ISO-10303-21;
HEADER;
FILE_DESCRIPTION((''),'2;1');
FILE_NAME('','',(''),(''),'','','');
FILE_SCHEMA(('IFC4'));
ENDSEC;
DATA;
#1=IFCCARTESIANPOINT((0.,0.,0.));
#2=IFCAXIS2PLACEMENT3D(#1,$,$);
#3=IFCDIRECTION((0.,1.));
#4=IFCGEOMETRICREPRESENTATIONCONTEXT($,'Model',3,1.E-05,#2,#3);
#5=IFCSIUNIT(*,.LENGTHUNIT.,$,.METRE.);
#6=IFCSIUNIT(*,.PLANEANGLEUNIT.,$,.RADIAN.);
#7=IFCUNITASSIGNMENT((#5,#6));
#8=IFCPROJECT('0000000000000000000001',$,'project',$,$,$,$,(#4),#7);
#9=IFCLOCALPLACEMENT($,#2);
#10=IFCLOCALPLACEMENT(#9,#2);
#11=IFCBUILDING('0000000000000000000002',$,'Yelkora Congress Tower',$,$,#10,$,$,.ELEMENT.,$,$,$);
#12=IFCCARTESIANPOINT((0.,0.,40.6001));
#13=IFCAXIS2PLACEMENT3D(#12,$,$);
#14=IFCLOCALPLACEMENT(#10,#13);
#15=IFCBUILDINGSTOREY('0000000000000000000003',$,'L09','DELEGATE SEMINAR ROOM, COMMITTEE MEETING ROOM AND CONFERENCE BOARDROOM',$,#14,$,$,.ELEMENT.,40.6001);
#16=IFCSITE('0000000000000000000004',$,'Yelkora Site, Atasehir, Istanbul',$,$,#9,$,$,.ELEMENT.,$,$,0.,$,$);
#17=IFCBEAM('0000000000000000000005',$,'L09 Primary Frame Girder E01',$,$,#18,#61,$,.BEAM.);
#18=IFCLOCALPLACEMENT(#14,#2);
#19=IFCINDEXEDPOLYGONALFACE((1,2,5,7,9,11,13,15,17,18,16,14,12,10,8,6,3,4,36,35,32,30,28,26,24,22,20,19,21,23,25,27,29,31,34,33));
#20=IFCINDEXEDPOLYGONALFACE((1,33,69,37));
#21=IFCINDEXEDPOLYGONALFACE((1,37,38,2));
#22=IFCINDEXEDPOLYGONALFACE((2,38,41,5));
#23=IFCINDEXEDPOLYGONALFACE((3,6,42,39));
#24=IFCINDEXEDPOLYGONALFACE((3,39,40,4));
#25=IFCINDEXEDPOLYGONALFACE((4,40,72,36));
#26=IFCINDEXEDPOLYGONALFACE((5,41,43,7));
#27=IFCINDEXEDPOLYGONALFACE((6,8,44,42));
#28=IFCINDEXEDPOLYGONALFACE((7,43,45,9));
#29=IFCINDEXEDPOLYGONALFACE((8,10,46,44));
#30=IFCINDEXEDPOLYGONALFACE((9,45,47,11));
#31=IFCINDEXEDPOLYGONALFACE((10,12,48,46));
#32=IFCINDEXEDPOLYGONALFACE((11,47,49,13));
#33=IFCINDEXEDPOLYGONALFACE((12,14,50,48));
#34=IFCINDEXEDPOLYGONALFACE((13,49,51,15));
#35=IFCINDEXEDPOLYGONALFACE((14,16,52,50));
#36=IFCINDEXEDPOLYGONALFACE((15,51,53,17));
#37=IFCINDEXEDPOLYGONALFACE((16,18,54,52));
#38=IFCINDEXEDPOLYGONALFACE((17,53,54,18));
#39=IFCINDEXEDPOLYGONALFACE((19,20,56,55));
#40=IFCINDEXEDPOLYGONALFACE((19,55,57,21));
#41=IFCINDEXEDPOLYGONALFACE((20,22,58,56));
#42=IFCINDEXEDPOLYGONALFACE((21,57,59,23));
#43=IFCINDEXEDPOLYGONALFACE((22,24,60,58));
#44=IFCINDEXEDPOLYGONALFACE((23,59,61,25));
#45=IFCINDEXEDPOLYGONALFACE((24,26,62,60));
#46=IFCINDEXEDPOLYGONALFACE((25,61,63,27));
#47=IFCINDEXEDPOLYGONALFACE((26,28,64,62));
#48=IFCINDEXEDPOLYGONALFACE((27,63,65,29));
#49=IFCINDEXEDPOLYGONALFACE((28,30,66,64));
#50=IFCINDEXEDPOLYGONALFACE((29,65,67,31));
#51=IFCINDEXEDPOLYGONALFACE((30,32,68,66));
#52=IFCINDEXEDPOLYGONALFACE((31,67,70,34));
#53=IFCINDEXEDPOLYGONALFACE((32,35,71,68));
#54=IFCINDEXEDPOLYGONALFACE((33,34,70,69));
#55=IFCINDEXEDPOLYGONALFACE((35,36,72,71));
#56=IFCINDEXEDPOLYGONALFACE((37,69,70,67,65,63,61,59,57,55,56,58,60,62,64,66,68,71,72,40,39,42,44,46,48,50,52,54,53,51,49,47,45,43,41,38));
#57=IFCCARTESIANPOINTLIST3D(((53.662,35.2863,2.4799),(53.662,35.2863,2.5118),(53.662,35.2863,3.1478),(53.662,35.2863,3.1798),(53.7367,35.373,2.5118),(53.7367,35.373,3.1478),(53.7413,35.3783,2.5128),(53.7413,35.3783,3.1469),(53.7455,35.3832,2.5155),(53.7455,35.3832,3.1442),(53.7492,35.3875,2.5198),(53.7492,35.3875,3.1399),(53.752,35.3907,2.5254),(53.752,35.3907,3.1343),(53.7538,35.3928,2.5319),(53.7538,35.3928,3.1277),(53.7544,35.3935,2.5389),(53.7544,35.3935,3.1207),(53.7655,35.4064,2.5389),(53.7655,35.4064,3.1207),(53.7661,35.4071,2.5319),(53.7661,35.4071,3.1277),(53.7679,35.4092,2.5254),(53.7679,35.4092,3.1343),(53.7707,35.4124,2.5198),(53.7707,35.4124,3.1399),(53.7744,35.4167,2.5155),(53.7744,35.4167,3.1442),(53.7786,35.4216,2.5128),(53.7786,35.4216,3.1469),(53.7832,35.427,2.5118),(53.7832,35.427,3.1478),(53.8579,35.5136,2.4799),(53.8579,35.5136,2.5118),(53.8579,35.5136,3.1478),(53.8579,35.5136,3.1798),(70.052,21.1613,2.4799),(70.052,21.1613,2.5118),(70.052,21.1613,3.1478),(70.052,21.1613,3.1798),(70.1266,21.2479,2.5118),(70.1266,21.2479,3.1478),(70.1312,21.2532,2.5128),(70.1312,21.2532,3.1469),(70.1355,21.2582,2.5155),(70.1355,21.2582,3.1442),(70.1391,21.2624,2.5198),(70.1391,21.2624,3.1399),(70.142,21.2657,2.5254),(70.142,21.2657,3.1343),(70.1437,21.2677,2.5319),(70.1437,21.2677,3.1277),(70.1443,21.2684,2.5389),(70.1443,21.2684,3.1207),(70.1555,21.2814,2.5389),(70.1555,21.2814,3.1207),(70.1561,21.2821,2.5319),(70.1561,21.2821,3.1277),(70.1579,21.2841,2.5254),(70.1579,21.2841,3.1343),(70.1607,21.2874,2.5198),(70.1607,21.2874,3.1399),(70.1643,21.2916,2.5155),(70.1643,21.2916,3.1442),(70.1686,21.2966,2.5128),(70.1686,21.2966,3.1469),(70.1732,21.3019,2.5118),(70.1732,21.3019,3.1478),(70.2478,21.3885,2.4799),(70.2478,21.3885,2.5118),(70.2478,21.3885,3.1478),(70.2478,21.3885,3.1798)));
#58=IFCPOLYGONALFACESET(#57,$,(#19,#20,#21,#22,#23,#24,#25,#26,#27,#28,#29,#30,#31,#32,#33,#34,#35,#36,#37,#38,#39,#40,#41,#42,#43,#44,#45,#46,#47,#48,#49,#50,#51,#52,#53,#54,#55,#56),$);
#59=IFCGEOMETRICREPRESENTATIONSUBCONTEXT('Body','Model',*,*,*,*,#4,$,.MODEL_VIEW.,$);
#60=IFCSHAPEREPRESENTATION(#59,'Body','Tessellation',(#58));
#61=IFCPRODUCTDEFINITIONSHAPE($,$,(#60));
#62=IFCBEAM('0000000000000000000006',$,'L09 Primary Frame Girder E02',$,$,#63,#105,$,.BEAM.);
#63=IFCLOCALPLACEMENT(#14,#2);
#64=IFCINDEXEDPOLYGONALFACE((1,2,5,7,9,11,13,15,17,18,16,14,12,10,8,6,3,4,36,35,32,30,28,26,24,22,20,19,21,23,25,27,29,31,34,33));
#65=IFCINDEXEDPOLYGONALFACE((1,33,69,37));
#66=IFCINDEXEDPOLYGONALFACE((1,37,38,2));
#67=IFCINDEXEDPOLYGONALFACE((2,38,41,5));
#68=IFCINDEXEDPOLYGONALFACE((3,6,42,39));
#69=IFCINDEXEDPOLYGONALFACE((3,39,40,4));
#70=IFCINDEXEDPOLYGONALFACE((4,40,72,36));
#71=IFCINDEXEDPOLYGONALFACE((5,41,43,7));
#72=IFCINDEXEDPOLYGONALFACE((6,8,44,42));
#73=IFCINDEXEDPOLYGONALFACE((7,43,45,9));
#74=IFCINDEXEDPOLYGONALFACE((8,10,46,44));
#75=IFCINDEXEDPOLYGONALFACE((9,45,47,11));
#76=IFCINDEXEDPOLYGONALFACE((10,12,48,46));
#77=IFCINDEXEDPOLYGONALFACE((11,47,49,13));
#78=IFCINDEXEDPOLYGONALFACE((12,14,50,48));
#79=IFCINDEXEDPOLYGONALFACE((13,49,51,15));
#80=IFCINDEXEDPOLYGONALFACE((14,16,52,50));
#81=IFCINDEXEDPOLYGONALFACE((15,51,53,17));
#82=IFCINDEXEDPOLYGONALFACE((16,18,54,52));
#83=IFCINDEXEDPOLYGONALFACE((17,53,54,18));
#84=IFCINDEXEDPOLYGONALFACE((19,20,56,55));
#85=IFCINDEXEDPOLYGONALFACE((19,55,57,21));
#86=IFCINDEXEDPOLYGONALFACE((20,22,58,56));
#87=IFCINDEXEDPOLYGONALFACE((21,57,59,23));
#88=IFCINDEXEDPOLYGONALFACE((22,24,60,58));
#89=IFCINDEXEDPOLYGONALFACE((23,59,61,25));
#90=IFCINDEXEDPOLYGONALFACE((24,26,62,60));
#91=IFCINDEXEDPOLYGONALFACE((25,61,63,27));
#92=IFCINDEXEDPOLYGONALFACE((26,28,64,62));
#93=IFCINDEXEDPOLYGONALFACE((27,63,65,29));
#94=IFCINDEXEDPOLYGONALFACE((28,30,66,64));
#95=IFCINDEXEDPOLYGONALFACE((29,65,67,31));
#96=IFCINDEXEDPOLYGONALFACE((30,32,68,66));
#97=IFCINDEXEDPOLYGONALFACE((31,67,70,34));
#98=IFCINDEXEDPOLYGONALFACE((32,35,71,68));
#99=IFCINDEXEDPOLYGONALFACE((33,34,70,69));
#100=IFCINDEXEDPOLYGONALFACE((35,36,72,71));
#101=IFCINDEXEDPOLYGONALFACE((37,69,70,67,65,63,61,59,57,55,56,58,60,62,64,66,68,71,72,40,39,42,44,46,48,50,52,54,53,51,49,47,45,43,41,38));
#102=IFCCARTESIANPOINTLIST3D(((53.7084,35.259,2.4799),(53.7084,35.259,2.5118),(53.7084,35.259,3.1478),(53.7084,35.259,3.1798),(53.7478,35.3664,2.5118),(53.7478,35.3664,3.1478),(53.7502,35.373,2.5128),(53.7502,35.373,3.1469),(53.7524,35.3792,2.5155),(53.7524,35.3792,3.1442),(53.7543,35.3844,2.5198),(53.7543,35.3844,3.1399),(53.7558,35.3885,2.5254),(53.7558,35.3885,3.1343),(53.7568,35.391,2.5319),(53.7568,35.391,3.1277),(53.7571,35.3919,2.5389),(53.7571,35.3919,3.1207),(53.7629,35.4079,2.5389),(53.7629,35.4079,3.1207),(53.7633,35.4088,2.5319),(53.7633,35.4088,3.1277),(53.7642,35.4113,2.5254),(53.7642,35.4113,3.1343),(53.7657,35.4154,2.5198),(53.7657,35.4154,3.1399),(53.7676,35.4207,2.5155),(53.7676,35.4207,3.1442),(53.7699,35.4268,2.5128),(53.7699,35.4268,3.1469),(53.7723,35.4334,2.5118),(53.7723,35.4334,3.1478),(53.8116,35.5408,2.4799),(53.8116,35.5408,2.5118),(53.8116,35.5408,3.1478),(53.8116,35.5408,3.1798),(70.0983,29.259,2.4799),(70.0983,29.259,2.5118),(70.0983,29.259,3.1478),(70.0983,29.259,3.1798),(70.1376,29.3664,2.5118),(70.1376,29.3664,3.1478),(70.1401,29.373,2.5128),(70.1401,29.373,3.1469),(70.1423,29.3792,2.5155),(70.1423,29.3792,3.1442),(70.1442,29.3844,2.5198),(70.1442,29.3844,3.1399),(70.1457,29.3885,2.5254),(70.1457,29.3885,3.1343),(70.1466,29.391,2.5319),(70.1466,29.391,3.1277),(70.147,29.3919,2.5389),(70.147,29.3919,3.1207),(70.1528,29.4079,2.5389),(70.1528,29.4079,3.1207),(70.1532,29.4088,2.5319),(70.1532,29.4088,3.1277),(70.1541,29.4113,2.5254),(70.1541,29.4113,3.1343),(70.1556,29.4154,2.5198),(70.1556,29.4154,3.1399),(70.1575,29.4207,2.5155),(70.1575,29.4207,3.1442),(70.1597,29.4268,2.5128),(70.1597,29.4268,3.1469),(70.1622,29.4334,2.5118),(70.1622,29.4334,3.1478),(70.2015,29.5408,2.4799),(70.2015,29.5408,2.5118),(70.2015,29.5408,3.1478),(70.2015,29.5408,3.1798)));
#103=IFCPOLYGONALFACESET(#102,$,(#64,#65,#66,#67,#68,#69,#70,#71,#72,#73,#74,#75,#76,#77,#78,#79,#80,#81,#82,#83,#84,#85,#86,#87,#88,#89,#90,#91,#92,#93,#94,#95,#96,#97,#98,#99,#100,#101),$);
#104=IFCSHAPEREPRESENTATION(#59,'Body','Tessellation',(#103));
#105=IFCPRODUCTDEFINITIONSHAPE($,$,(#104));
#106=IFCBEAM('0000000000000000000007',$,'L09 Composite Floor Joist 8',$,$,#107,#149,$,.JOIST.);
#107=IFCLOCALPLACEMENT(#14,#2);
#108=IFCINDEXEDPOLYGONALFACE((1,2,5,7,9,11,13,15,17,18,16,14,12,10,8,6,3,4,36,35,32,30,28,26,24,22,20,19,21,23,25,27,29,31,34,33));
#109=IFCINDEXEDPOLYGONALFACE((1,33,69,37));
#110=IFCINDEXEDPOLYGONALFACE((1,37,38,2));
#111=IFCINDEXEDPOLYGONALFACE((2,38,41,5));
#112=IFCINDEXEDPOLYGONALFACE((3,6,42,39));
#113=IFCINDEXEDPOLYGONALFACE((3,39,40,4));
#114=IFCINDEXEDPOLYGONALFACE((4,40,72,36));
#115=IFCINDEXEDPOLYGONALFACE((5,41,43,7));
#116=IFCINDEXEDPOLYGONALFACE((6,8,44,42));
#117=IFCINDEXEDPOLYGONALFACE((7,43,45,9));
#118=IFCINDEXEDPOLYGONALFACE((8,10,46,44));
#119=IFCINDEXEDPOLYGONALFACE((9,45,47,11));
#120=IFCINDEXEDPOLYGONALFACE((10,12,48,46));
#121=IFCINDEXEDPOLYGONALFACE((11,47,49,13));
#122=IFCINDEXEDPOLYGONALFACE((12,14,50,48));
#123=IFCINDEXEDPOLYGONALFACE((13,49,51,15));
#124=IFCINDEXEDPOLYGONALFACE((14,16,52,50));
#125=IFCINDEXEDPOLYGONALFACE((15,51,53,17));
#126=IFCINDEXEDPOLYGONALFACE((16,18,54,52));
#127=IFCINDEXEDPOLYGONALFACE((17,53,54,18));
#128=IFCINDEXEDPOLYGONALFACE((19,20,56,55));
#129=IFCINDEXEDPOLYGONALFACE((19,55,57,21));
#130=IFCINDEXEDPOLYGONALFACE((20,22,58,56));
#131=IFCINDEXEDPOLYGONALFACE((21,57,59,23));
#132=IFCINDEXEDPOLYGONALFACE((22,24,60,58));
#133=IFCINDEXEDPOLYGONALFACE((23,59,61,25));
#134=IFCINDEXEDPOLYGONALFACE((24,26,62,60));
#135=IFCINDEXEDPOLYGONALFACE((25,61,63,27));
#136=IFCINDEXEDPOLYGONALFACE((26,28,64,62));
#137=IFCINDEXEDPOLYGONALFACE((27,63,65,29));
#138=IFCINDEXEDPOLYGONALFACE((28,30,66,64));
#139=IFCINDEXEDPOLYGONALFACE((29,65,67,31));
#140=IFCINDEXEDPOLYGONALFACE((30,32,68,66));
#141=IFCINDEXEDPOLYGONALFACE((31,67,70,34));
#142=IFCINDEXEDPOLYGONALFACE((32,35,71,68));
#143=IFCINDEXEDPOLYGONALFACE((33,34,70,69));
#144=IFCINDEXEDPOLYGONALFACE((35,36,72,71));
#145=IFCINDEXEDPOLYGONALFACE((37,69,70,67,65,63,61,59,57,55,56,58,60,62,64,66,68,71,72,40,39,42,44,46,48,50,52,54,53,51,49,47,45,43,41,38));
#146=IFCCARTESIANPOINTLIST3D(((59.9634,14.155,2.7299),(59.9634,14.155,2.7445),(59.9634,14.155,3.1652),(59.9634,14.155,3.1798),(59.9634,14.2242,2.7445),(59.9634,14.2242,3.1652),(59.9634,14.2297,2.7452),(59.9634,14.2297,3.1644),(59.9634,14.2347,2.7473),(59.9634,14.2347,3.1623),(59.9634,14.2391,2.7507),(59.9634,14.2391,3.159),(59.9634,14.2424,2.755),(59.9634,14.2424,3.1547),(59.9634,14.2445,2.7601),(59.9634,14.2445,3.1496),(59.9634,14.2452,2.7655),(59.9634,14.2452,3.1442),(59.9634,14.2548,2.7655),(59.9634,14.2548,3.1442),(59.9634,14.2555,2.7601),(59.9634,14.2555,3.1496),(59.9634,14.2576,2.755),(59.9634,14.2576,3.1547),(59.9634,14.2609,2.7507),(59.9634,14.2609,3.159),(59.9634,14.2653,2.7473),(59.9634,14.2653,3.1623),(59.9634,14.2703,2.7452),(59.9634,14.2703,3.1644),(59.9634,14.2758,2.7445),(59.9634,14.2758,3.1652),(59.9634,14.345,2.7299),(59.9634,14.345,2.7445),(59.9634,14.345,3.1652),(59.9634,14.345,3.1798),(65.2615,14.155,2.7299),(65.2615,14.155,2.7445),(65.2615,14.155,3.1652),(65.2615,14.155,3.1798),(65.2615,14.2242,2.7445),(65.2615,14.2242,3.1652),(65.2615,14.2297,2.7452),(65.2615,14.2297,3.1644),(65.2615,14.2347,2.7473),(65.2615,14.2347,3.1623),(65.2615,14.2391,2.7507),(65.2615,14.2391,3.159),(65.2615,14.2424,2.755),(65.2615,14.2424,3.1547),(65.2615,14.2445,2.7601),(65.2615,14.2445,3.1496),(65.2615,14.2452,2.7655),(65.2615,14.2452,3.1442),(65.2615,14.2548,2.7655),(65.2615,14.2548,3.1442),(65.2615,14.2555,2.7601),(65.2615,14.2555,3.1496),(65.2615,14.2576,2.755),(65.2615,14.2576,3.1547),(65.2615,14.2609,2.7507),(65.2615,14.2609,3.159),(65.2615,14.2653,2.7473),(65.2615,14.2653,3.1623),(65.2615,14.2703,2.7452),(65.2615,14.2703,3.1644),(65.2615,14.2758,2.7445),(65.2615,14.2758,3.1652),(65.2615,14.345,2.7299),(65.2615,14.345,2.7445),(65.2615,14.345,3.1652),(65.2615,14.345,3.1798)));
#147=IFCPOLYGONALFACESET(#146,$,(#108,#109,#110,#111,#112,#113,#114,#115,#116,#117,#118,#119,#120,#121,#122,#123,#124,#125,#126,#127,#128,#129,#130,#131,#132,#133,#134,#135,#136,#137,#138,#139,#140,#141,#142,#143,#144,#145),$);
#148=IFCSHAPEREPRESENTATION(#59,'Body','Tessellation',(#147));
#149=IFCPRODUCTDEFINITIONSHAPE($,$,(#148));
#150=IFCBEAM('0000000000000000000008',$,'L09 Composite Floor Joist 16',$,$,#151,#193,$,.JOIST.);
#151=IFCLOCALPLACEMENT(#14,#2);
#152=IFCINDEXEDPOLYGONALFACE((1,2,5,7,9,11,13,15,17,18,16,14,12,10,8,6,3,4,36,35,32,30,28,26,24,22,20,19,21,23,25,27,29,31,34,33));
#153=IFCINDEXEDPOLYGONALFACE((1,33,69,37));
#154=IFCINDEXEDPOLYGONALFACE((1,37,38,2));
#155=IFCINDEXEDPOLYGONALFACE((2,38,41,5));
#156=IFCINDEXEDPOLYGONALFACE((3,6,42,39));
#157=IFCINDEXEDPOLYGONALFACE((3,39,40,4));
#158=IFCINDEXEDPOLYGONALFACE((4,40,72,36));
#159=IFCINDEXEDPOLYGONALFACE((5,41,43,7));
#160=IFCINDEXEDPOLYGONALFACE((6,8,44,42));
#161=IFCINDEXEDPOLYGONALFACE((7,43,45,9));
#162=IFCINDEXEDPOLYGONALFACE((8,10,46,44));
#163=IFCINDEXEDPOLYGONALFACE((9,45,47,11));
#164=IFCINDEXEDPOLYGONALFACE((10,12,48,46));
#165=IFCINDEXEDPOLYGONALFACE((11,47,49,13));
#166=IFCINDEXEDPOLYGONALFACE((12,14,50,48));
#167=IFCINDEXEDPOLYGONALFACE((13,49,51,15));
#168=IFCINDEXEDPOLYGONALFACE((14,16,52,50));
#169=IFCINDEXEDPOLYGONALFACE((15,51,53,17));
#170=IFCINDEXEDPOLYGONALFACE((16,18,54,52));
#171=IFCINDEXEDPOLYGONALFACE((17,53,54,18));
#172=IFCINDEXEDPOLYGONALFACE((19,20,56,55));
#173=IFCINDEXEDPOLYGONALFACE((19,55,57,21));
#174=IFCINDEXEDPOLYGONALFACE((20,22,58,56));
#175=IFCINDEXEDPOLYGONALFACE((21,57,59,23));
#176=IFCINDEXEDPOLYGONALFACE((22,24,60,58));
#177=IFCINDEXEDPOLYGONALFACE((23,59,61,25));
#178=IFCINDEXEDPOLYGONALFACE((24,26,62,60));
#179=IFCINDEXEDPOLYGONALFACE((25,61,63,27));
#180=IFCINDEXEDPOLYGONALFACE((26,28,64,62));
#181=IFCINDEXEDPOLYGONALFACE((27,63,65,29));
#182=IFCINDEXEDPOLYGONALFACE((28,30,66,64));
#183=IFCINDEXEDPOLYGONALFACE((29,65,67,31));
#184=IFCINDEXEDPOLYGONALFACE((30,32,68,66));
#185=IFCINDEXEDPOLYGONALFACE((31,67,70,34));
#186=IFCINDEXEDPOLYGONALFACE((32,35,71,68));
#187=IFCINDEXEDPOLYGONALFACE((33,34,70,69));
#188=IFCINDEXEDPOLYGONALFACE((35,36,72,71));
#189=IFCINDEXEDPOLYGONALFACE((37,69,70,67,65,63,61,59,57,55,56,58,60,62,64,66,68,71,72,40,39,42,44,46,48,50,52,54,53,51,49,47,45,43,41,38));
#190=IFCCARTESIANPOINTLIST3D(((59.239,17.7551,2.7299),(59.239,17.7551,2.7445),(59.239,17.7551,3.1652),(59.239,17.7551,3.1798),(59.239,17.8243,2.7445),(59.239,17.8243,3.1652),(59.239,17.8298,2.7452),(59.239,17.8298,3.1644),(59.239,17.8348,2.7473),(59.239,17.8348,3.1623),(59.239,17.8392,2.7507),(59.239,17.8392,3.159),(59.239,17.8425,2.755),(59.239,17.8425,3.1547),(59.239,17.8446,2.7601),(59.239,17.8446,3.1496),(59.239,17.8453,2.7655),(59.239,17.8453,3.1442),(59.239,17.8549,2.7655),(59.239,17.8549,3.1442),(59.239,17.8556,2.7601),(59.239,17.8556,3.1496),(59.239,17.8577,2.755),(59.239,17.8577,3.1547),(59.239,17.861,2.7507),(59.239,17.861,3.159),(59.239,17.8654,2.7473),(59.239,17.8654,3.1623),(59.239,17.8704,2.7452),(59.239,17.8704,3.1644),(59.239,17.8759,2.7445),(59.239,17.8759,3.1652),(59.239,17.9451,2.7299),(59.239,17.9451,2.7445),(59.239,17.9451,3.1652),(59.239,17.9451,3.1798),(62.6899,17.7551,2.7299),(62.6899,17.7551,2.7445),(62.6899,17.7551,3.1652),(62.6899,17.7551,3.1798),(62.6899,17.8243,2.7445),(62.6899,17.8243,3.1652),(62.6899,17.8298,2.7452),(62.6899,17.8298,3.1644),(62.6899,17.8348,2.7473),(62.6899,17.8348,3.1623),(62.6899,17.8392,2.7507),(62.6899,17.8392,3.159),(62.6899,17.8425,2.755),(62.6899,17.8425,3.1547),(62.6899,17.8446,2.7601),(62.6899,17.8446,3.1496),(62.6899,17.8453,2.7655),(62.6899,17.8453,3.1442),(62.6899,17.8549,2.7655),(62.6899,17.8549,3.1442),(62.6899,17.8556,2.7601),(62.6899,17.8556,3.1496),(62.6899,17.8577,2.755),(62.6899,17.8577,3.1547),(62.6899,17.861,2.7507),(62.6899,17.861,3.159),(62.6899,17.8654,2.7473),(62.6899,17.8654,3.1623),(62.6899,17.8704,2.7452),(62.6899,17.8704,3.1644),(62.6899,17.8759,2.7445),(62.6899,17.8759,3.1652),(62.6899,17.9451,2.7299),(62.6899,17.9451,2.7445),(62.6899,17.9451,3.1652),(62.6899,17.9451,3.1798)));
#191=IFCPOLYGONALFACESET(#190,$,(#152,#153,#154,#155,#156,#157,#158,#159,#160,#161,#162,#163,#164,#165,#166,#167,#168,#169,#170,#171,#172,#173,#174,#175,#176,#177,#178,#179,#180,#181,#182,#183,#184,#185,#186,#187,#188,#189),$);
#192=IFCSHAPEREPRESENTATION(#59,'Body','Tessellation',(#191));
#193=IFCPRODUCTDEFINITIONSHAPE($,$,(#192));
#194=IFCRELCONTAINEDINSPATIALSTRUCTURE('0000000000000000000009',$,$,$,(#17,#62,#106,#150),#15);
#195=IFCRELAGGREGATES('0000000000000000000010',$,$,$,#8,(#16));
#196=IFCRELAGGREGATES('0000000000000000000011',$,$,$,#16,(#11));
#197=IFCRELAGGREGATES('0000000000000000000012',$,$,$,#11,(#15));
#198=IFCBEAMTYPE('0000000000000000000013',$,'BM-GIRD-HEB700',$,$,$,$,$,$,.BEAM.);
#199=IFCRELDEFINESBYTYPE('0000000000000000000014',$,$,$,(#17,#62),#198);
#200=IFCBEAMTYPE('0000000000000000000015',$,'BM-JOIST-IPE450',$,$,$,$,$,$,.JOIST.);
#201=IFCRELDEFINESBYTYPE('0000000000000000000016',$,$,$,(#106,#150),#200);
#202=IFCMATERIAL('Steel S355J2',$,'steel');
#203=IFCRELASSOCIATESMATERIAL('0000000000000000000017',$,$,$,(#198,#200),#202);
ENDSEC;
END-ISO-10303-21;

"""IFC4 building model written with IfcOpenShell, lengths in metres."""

from ifc_helpers import new_model, si_unit, direction, frame, origin, origin_2d, place, context, subcontext, project, spatial, i_section, extrude, material, material_profile, profile_set, type_object, element, save


model = new_model("IFC4")

# Units and contexts
model_context = context("Model", 3, precision=1e-05, world=origin(), true_north=direction((0.0, 1.0)))
body_context = subcontext(model_context, "Body", "Model", "MODEL_VIEW")
ifc_project = project(units=[si_unit("LENGTHUNIT", "METRE"), si_unit("PLANEANGLEUNIT", "RADIAN")], contexts=[model_context])

# Site, building, storey
site_placement = place(None, origin())
site = spatial("IfcSite", under=ifc_project, at=site_placement, Name="Yelkora Site, Atasehir, Istanbul", CompositionType="ELEMENT", RefElevation=0.0)
building_placement = place(site_placement, origin())
building = spatial("IfcBuilding", under=site, at=building_placement, Name="Yelkora Congress Tower", CompositionType="ELEMENT")
storey_placement = place(building_placement, frame((0.0, 0.0, 40.6001)))
storey = spatial("IfcBuildingStorey", under=building, at=storey_placement, Name="L09", Description="DELEGATE SEMINAR ROOM, COMMITTEE MEETING ROOM AND CONFERENCE BOARDROOM", CompositionType="ELEMENT", Elevation=40.6001)

# Beams
ifc_material_1 = material(Name="Steel S355J2", Category="steel")
ifc_material_profile_1 = material_profile(ifc_material_1, i_section(OverallWidth=0.3, OverallDepth=0.7, WebThickness=0.0171, FlangeThickness=0.032, FilletRadius=0.0271, at=origin_2d()), Name="HEB 700")
ifc_profile_set_1 = profile_set([ifc_material_profile_1], Name="Steel S355J2")
beam_type_1 = type_object("IfcBeamType", Name="BM-GIRD-HEB700", PredefinedType="BEAM", material=ifc_profile_set_1)
beam_1_placement = place(storey_placement, frame((70.1499, 21.2749, 2.8298), z_axis=(-0.757506, 0.652828, 0.0), x_axis=(-0.652828, -0.757506, 0.0)))
element("IfcBeam", 1, at=beam_1_placement, inside=storey, type_object=beam_type_1, Name="L09 Primary Frame Girder E01", PredefinedType="BEAM", context=body_context, shape_type="SweptSolid", body=[
    extrude(i_section(OverallWidth=0.3, OverallDepth=0.7, WebThickness=0.0171, FlangeThickness=0.032, FilletRadius=0.0271, at=origin_2d()), origin(), (0.0, 0.0, 1.0), 21.6367),
])
beam_2_placement = place(storey_placement, frame((70.1499, 29.3999, 2.8298), z_axis=(-0.939054, 0.343768, 0.0), x_axis=(-0.343768, -0.939054, 0.0)))
element("IfcBeam", 2, at=beam_2_placement, inside=storey, type_object=beam_type_1, Name="L09 Primary Frame Girder E02", PredefinedType="BEAM", context=body_context, shape_type="SweptSolid", body=[
    extrude(i_section(OverallWidth=0.3, OverallDepth=0.7, WebThickness=0.0171, FlangeThickness=0.032, FilletRadius=0.0271, at=origin_2d()), origin(), (0.0, 0.0, 1.0), 17.4536),
])
ifc_material_profile_2 = material_profile(ifc_material_1, i_section(OverallWidth=0.1899, OverallDepth=0.45, WebThickness=0.0095, FlangeThickness=0.0146, FilletRadius=0.021, at=origin_2d()), Name="IPE 450")
ifc_profile_set_2 = profile_set([ifc_material_profile_2], Name="Steel S355J2")
beam_type_2 = type_object("IfcBeamType", Name="BM-JOIST-IPE450", PredefinedType="JOIST", material=ifc_profile_set_2)
beam_3_placement = place(storey_placement, frame((59.9634, 14.25, 2.9548), z_axis=(1.0, 0.0, 0.0), x_axis=(0.0, 1.0, 0.0)))
element("IfcBeam", 3, at=beam_3_placement, inside=storey, type_object=beam_type_2, Name="L09 Composite Floor Joist 8", PredefinedType="JOIST", context=body_context, shape_type="SweptSolid", body=[
    extrude(i_section(OverallWidth=0.1899, OverallDepth=0.45, WebThickness=0.0095, FlangeThickness=0.0146, FilletRadius=0.021, at=origin_2d()), origin(), (0.0, 0.0, 1.0), 5.2981),
])
beam_4_placement = place(storey_placement, frame((59.239, 17.8501, 2.9548), z_axis=(1.0, 0.0, 0.0), x_axis=(0.0, 1.0, 0.0)))
element("IfcBeam", 4, at=beam_4_placement, inside=storey, type_object=beam_type_2, Name="L09 Composite Floor Joist 16", PredefinedType="JOIST", context=body_context, shape_type="SweptSolid", body=[
    extrude(i_section(OverallWidth=0.1899, OverallDepth=0.45, WebThickness=0.0095, FlangeThickness=0.0146, FilletRadius=0.021, at=origin_2d()), origin(), (0.0, 0.0, 1.0), 3.4509),
])

save(model, "model.ifc")
